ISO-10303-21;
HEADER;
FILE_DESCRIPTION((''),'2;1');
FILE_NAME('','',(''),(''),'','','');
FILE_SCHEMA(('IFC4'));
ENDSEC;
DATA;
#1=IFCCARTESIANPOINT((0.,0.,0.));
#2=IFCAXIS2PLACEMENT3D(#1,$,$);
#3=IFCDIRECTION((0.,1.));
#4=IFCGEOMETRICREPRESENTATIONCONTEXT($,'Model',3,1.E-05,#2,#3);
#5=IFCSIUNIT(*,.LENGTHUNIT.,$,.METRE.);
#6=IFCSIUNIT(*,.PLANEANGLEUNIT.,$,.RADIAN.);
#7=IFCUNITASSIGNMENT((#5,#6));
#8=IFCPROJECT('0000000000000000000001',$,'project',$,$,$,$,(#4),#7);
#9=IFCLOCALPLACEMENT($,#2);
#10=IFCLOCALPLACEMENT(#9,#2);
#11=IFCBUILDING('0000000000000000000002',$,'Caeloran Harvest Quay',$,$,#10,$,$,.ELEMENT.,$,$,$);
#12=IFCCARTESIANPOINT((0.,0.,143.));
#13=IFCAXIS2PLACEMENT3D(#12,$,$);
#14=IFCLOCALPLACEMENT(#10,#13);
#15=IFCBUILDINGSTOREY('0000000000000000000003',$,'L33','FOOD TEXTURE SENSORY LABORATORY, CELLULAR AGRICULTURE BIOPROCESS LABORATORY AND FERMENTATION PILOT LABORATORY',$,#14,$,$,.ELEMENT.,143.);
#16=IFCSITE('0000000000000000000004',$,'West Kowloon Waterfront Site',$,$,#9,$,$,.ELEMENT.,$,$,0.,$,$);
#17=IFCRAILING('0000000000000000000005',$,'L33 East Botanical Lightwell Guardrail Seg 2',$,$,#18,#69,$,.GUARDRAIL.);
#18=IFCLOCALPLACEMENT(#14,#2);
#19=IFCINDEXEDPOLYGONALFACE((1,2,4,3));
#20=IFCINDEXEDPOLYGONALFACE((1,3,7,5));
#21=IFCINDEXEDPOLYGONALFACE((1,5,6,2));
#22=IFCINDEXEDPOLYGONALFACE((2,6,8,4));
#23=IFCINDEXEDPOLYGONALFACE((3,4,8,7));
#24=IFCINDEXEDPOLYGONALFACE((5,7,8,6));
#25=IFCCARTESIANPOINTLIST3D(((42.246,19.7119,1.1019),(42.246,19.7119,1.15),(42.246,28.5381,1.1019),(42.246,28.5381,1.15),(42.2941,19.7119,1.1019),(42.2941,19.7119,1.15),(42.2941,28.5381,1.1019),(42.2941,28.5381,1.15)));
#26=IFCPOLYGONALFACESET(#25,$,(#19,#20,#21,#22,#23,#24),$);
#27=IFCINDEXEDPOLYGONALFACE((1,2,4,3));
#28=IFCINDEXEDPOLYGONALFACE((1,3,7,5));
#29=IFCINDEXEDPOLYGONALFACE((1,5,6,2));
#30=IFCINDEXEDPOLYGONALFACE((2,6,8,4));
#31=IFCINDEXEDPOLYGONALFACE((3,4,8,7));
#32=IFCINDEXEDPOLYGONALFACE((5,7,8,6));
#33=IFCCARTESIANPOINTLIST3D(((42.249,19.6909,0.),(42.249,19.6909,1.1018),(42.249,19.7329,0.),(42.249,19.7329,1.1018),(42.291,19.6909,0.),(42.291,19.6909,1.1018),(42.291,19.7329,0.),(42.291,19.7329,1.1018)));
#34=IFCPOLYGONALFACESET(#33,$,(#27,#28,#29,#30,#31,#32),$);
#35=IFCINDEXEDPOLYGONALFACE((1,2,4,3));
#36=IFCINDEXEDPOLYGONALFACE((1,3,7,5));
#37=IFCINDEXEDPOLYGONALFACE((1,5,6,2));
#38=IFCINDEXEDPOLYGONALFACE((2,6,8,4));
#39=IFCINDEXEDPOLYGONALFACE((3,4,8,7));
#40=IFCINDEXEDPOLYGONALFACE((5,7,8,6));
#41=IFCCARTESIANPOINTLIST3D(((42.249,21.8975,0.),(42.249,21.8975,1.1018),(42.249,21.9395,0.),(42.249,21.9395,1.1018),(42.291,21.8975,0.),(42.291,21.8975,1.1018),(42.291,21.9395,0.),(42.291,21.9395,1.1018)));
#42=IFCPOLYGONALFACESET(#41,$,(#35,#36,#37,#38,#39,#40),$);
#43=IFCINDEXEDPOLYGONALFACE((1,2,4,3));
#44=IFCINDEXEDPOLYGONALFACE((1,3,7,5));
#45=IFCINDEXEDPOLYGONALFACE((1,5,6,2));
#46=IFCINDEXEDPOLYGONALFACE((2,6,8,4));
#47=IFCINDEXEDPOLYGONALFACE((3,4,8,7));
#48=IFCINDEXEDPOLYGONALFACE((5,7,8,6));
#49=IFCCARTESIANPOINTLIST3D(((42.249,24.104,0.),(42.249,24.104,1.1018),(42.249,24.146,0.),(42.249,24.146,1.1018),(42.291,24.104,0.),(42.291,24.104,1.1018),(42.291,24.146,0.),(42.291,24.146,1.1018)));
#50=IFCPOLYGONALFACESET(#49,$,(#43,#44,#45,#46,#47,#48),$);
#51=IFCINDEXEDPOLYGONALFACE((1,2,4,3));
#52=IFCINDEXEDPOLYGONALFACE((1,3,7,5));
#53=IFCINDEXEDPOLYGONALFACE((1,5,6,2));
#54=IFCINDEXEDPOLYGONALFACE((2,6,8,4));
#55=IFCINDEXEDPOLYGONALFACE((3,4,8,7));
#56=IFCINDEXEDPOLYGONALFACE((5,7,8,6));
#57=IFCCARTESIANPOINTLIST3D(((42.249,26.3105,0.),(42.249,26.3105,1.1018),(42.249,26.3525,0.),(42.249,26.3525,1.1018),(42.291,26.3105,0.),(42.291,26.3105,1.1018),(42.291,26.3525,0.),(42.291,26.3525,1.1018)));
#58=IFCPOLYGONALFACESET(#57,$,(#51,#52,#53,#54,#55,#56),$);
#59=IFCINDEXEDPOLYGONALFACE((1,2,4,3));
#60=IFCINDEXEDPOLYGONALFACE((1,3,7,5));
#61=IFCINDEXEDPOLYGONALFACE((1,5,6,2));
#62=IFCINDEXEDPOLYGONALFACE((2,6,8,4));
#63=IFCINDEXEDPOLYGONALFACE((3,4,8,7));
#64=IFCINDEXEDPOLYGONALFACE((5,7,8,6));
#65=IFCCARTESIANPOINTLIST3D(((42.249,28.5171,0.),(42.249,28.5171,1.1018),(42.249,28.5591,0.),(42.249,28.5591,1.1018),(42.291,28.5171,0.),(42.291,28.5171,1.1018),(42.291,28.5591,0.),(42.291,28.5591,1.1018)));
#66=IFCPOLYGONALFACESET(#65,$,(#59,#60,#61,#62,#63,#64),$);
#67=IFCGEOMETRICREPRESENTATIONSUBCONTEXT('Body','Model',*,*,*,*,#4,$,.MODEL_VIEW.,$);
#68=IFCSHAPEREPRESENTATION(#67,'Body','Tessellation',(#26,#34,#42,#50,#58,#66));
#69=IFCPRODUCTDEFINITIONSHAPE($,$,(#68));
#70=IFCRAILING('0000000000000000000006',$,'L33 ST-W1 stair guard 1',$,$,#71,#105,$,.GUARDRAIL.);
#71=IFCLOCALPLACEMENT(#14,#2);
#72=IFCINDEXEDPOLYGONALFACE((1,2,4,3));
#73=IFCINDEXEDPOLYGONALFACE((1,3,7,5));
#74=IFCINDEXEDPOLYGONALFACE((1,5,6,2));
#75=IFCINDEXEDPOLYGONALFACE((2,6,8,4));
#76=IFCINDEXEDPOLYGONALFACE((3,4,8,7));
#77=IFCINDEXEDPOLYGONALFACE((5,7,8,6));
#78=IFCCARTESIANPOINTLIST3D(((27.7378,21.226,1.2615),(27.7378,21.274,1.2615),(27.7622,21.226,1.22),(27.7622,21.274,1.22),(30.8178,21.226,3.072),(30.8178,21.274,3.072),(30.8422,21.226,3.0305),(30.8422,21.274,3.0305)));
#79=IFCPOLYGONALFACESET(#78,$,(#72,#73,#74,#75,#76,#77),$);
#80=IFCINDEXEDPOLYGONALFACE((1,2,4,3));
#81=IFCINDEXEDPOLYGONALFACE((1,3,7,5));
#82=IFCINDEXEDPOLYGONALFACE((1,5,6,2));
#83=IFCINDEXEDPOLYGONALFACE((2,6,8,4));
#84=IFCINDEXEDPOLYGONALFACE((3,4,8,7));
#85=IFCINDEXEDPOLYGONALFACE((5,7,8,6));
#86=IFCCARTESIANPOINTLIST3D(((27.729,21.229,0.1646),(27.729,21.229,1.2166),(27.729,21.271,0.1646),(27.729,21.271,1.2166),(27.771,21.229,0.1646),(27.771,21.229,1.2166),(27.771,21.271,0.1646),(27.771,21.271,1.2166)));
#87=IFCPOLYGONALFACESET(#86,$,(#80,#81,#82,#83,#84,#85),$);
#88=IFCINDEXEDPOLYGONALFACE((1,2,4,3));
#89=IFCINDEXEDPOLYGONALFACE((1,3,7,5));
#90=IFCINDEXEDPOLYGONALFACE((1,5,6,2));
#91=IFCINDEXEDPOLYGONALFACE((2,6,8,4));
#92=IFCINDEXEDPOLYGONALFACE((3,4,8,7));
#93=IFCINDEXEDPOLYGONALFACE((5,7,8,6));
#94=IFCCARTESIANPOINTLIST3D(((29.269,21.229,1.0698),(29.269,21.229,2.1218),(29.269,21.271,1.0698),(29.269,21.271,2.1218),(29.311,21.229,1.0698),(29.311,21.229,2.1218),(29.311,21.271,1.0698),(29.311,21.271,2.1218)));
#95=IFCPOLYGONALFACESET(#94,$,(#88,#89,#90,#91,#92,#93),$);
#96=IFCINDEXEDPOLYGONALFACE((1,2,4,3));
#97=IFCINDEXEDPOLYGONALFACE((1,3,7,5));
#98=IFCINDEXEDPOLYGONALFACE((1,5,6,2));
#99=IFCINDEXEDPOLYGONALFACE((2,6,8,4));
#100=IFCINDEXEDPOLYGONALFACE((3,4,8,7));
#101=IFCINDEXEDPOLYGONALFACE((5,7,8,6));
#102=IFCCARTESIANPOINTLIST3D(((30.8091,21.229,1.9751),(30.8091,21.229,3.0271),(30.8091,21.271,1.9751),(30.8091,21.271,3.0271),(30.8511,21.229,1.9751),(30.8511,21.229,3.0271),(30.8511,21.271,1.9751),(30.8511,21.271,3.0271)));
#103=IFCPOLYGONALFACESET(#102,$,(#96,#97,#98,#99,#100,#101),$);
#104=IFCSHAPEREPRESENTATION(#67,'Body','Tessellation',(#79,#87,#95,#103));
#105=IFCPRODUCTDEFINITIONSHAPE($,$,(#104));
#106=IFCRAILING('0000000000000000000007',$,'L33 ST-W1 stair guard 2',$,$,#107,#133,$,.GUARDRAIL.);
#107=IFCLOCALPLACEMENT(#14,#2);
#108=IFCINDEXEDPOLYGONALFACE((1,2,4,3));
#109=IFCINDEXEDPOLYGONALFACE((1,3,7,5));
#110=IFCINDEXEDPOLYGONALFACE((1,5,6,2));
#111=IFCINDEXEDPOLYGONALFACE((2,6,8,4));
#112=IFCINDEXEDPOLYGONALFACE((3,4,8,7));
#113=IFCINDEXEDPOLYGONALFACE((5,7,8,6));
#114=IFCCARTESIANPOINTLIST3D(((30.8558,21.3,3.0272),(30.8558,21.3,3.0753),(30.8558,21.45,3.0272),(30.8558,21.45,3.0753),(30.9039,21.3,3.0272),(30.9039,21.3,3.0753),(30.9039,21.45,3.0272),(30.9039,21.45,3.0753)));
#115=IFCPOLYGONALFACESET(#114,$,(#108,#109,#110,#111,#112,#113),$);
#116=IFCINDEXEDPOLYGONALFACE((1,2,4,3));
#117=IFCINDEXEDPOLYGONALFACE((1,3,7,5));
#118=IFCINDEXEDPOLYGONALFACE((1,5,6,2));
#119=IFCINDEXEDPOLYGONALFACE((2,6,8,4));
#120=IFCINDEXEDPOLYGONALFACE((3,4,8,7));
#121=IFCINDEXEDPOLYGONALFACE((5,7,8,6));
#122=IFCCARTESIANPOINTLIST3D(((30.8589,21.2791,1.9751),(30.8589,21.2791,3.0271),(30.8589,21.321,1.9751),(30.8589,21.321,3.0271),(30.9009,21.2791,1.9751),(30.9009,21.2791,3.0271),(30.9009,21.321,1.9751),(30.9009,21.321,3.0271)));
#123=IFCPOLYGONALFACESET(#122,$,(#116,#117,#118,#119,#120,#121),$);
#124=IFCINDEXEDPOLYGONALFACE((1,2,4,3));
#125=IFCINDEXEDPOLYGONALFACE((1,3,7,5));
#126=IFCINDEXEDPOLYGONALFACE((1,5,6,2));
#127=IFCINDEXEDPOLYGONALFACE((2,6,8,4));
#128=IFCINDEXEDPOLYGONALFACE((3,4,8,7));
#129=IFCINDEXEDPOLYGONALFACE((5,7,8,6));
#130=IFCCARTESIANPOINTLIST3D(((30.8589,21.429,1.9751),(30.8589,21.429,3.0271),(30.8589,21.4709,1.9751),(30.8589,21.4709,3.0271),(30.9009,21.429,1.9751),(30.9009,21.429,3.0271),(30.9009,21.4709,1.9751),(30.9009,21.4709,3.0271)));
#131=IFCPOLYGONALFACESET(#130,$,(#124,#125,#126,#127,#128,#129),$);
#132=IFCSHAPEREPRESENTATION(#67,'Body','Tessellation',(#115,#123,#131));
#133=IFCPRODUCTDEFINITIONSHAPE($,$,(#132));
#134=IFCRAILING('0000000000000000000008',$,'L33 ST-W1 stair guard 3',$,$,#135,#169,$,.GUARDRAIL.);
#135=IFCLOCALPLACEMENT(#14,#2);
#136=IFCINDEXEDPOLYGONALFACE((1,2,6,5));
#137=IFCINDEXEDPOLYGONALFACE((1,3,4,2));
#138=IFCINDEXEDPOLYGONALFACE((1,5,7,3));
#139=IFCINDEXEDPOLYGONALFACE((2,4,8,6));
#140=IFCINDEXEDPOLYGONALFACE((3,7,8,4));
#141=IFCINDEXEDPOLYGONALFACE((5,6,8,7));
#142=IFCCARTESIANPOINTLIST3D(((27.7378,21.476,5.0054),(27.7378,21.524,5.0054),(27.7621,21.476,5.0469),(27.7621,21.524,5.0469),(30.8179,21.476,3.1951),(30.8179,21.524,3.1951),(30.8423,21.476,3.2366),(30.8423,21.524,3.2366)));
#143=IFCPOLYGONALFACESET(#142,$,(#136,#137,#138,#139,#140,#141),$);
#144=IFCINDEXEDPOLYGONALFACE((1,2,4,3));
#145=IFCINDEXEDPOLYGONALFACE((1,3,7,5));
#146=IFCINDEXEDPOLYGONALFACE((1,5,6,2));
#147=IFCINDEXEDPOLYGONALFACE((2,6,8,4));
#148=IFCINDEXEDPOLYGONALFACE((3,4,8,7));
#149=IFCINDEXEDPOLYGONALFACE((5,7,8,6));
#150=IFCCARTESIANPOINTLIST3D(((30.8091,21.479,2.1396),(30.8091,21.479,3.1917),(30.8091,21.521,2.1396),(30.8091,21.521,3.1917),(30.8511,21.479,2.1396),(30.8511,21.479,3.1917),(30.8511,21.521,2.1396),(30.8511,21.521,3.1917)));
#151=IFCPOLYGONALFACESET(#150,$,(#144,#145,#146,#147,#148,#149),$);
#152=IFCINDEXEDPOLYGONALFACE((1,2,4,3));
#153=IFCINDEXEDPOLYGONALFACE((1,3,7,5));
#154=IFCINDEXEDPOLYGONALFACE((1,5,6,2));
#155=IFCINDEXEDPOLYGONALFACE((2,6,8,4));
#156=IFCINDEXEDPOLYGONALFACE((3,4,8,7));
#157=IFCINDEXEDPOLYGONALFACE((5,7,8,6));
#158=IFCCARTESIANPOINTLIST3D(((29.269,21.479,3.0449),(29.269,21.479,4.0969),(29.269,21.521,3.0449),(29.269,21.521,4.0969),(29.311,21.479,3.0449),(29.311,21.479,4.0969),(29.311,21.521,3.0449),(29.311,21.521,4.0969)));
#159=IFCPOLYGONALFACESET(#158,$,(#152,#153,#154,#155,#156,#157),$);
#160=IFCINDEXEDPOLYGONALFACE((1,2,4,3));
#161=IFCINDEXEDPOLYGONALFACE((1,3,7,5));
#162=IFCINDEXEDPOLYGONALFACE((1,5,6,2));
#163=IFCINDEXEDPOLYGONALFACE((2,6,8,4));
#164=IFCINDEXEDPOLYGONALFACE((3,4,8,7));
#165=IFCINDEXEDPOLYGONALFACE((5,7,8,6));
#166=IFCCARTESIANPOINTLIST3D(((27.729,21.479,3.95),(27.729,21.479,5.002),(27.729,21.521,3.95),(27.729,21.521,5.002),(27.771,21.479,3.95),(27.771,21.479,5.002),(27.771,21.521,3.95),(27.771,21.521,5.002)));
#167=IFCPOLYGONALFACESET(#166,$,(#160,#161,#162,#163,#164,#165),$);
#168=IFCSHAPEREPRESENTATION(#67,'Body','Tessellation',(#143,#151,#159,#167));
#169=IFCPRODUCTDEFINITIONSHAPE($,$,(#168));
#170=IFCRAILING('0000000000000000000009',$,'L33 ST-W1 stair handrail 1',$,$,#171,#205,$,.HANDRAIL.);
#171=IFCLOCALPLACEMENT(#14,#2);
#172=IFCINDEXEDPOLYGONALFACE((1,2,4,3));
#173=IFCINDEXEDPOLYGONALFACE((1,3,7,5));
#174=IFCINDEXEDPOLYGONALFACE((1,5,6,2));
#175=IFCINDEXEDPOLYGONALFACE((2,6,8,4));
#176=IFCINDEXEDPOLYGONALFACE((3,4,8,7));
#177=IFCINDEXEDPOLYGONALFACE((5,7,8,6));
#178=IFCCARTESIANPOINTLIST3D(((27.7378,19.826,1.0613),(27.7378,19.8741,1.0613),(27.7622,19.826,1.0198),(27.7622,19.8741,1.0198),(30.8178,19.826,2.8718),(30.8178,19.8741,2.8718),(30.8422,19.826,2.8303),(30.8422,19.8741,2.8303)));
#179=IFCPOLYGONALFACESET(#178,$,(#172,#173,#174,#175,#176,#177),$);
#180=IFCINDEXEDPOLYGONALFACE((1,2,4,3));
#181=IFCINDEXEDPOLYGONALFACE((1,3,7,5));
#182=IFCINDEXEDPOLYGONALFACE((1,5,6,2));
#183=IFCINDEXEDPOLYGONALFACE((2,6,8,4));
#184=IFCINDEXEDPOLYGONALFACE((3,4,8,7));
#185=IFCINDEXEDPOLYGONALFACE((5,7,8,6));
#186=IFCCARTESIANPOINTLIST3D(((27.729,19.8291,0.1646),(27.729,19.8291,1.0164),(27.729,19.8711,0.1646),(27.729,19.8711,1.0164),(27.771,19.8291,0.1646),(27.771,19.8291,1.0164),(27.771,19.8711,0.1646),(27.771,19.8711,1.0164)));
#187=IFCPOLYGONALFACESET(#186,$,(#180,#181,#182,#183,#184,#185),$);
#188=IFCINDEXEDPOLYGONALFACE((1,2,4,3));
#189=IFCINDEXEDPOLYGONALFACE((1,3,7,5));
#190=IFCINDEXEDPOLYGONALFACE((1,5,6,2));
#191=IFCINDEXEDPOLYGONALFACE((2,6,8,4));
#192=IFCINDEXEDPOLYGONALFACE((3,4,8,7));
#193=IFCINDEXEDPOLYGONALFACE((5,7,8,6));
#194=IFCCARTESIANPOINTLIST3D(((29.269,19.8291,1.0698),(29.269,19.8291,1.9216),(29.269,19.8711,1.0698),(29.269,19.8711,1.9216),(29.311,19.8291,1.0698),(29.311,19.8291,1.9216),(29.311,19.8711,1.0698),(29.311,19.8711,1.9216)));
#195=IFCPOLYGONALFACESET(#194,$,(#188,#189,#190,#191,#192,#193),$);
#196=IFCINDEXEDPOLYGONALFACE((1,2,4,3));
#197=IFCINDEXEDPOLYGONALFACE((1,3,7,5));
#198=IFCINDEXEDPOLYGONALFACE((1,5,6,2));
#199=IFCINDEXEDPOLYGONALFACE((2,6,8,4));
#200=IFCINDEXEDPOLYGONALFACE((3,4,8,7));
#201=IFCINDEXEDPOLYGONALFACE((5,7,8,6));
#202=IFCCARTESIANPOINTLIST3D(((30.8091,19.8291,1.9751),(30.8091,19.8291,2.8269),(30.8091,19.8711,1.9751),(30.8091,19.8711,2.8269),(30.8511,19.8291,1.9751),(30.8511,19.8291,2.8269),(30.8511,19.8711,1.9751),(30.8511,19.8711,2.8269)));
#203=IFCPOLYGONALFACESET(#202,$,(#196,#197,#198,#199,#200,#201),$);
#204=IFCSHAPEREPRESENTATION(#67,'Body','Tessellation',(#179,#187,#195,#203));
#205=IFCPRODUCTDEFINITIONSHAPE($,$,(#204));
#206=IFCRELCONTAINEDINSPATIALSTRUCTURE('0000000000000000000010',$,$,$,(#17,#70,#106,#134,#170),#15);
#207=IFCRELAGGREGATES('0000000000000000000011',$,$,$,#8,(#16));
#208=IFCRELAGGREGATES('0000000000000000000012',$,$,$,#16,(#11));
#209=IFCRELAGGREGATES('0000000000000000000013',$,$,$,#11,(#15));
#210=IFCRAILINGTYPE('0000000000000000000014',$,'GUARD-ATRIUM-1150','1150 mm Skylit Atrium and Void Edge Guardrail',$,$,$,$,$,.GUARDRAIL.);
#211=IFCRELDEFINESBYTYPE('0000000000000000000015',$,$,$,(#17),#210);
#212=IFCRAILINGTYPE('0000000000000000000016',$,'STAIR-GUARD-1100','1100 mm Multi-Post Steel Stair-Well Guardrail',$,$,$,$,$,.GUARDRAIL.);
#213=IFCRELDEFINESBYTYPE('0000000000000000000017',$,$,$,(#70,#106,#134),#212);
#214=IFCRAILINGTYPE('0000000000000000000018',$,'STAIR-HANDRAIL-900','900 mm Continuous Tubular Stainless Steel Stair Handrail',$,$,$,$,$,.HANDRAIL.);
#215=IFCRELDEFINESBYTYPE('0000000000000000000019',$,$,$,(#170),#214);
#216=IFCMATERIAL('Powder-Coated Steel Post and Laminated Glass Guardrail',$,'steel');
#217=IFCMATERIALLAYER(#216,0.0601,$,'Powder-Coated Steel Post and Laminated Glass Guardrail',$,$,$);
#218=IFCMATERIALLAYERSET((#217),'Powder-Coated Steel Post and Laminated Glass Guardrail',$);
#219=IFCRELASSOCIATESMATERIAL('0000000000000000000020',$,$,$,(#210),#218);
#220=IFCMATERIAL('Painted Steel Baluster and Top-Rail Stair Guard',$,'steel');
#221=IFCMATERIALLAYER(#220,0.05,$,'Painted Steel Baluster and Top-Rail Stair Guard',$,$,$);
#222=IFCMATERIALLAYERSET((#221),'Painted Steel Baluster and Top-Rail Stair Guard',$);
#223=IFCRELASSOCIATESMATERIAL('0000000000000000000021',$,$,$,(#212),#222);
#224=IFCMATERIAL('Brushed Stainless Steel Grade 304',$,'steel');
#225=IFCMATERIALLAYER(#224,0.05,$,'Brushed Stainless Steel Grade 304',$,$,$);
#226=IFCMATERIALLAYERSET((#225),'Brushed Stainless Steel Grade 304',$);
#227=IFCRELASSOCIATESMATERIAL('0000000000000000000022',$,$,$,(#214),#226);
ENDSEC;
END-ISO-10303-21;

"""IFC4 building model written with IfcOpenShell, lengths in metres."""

from ifc_helpers import new_model, si_unit, direction, frame, origin, origin_2d, place, context, subcontext, project, spatial, rectangle, extrude, material, layer, layer_set, type_object, element, save


model = new_model("IFC4")

# Units and contexts
model_context = context("Model", 3, precision=1e-05, world=origin(), true_north=direction((0.0, 1.0)))
body_context = subcontext(model_context, "Body", "Model", "MODEL_VIEW")
ifc_project = project(units=[si_unit("LENGTHUNIT", "METRE"), si_unit("PLANEANGLEUNIT", "RADIAN")], contexts=[model_context])

# Site, building, storey
site_placement = place(None, origin())
site = spatial("IfcSite", under=ifc_project, at=site_placement, Name="West Kowloon Waterfront Site", CompositionType="ELEMENT", RefElevation=0.0)
building_placement = place(site_placement, origin())
building = spatial("IfcBuilding", under=site, at=building_placement, Name="Caeloran Harvest Quay", CompositionType="ELEMENT")
storey_placement = place(building_placement, frame((0.0, 0.0, 143.0)))
storey = spatial("IfcBuildingStorey", under=building, at=storey_placement, Name="L33", Description="FOOD TEXTURE SENSORY LABORATORY, CELLULAR AGRICULTURE BIOPROCESS LABORATORY AND FERMENTATION PILOT LABORATORY", CompositionType="ELEMENT", Elevation=143.0)

# Railings
ifc_material_1 = material(Name="Powder-Coated Steel Post and Laminated Glass Guardrail", Category="steel")
ifc_layer_1 = layer(ifc_material_1, 0.0601, Name="Powder-Coated Steel Post and Laminated Glass Guardrail")
ifc_layer_set_1 = layer_set([ifc_layer_1], Name="Powder-Coated Steel Post and Laminated Glass Guardrail")
railing_type_1 = type_object("IfcRailingType", Name="GUARD-ATRIUM-1150", Description="1150 mm Skylit Atrium and Void Edge Guardrail", PredefinedType="GUARDRAIL", material=ifc_layer_set_1)
railing_1_placement = place(storey_placement, frame((42.27, 19.7119, 0.0)))
element("IfcRailing", 1, at=railing_1_placement, inside=storey, type_object=railing_type_1, Name="L33 East Botanical Lightwell Guardrail Seg 2", PredefinedType="GUARDRAIL", context=body_context, shape_type="SweptSolid", body=[
    extrude(rectangle(XDim=0.0481, YDim=0.0481, at=origin_2d()), frame((0.0, 0.0, 1.126), z_axis=(0.0, 1.0, 0.0), x_axis=(-1.0, 0.0, 0.0)), (0.0, 0.0, 1.0), 8.8262),
    extrude(rectangle(XDim=0.042, YDim=0.042, at=origin_2d()), origin(), (0.0, 0.0, 1.0), 1.1018),
    extrude(rectangle(XDim=0.042, YDim=0.042, at=origin_2d()), frame((0.0, 2.2065, 0.0)), (0.0, 0.0, 1.0), 1.1018),
    extrude(rectangle(XDim=0.042, YDim=0.042, at=origin_2d()), frame((0.0, 4.4131, 0.0)), (0.0, 0.0, 1.0), 1.1018),
    extrude(rectangle(XDim=0.042, YDim=0.042, at=origin_2d()), frame((0.0, 6.6196, 0.0)), (0.0, 0.0, 1.0), 1.1018),
    extrude(rectangle(XDim=0.042, YDim=0.042, at=origin_2d()), frame((0.0, 8.8262, 0.0)), (0.0, 0.0, 1.0), 1.1018),
])
ifc_material_2 = material(Name="Painted Steel Baluster and Top-Rail Stair Guard", Category="steel")
ifc_layer_2 = layer(ifc_material_2, 0.05, Name="Painted Steel Baluster and Top-Rail Stair Guard")
ifc_layer_set_2 = layer_set([ifc_layer_2], Name="Painted Steel Baluster and Top-Rail Stair Guard")
railing_type_2 = type_object("IfcRailingType", Name="STAIR-GUARD-1100", Description="1100 mm Multi-Post Steel Stair-Well Guardrail", PredefinedType="GUARDRAIL", material=ifc_layer_set_2)
railing_2_placement = place(storey_placement, frame((27.75, 21.25, 0.1646)))
element("IfcRailing", 2, at=railing_2_placement, inside=storey, type_object=railing_type_2, Name="L33 ST-W1 stair guard 1", PredefinedType="GUARDRAIL", context=body_context, shape_type="SweptSolid", body=[
    extrude(rectangle(XDim=0.0481, YDim=0.0481, at=origin_2d()), frame((0.0, 0.0, 1.0762), z_axis=(0.862089, 0.0, 0.506757), x_axis=(0.0, 1.0, 0.0)), (0.0, 0.0, 1.0), 3.5728),
    extrude(rectangle(XDim=0.042, YDim=0.042, at=origin_2d()), origin(), (0.0, 0.0, 1.0), 1.052),
    extrude(rectangle(XDim=0.042, YDim=0.042, at=origin_2d()), frame((1.54, 0.0, 0.9053)), (0.0, 0.0, 1.0), 1.052),
    extrude(rectangle(XDim=0.042, YDim=0.042, at=origin_2d()), frame((3.0801, 0.0, 1.8105)), (0.0, 0.0, 1.0), 1.052),
])
railing_3_placement = place(storey_placement, frame((30.8799, 21.3, 1.9751)))
element("IfcRailing", 3, at=railing_3_placement, inside=storey, type_object=railing_type_2, Name="L33 ST-W1 stair guard 2", PredefinedType="GUARDRAIL", context=body_context, shape_type="SweptSolid", body=[
    extrude(rectangle(XDim=0.0481, YDim=0.0481, at=origin_2d()), frame((0.0, 0.0, 1.0762), z_axis=(0.0, 1.0, 0.0), x_axis=(-1.0, 0.0, 0.0)), (0.0, 0.0, 1.0), 0.1499),
    extrude(rectangle(XDim=0.042, YDim=0.042, at=origin_2d()), origin(), (0.0, 0.0, 1.0), 1.052),
    extrude(rectangle(XDim=0.042, YDim=0.042, at=origin_2d()), frame((0.0, 0.1499, 0.0)), (0.0, 0.0, 1.0), 1.052),
])
railing_4_placement = place(storey_placement, frame((30.8301, 21.5, 2.1396)))
element("IfcRailing", 4, at=railing_4_placement, inside=storey, type_object=railing_type_2, Name="L33 ST-W1 stair guard 3", PredefinedType="GUARDRAIL", context=body_context, shape_type="SweptSolid", body=[
    extrude(rectangle(XDim=0.0481, YDim=0.0481, at=origin_2d()), frame((0.0, 0.0, 1.0762), z_axis=(-0.862119, 0.0, 0.506707), x_axis=(0.0, -1.0, 0.0)), (0.0, 0.0, 1.0), 3.5728),
    extrude(rectangle(XDim=0.042, YDim=0.042, at=origin_2d()), origin(), (0.0, 0.0, 1.0), 1.052),
    extrude(rectangle(XDim=0.042, YDim=0.042, at=origin_2d()), frame((-1.54, 0.0, 0.9053)), (0.0, 0.0, 1.0), 1.052),
    extrude(rectangle(XDim=0.042, YDim=0.042, at=origin_2d()), frame((-3.0801, 0.0, 1.8103)), (0.0, 0.0, 1.0), 1.052),
])
ifc_material_3 = material(Name="Brushed Stainless Steel Grade 304", Category="steel")
ifc_layer_3 = layer(ifc_material_3, 0.05, Name="Brushed Stainless Steel Grade 304")
ifc_layer_set_3 = layer_set([ifc_layer_3], Name="Brushed Stainless Steel Grade 304")
railing_type_3 = type_object("IfcRailingType", Name="STAIR-HANDRAIL-900", Description="900 mm Continuous Tubular Stainless Steel Stair Handrail", PredefinedType="HANDRAIL", material=ifc_layer_set_3)
railing_5_placement = place(storey_placement, frame((27.75, 19.8501, 0.1646)))
element("IfcRailing", 5, at=railing_5_placement, inside=storey, type_object=railing_type_3, Name="L33 ST-W1 stair handrail 1", PredefinedType="HANDRAIL", context=body_context, shape_type="SweptSolid", body=[
    extrude(rectangle(XDim=0.0481, YDim=0.0481, at=origin_2d()), frame((0.0, 0.0, 0.876), z_axis=(0.862089, 0.0, 0.506757), x_axis=(0.0, 1.0, 0.0)), (0.0, 0.0, 1.0), 3.5728),
    extrude(rectangle(XDim=0.042, YDim=0.042, at=origin_2d()), origin(), (0.0, 0.0, 1.0), 0.8518),
    extrude(rectangle(XDim=0.042, YDim=0.042, at=origin_2d()), frame((1.54, 0.0, 0.9053)), (0.0, 0.0, 1.0), 0.8518),
    extrude(rectangle(XDim=0.042, YDim=0.042, at=origin_2d()), frame((3.0801, 0.0, 1.8105)), (0.0, 0.0, 1.0), 0.8518),
])

save(model, "model.ifc")
